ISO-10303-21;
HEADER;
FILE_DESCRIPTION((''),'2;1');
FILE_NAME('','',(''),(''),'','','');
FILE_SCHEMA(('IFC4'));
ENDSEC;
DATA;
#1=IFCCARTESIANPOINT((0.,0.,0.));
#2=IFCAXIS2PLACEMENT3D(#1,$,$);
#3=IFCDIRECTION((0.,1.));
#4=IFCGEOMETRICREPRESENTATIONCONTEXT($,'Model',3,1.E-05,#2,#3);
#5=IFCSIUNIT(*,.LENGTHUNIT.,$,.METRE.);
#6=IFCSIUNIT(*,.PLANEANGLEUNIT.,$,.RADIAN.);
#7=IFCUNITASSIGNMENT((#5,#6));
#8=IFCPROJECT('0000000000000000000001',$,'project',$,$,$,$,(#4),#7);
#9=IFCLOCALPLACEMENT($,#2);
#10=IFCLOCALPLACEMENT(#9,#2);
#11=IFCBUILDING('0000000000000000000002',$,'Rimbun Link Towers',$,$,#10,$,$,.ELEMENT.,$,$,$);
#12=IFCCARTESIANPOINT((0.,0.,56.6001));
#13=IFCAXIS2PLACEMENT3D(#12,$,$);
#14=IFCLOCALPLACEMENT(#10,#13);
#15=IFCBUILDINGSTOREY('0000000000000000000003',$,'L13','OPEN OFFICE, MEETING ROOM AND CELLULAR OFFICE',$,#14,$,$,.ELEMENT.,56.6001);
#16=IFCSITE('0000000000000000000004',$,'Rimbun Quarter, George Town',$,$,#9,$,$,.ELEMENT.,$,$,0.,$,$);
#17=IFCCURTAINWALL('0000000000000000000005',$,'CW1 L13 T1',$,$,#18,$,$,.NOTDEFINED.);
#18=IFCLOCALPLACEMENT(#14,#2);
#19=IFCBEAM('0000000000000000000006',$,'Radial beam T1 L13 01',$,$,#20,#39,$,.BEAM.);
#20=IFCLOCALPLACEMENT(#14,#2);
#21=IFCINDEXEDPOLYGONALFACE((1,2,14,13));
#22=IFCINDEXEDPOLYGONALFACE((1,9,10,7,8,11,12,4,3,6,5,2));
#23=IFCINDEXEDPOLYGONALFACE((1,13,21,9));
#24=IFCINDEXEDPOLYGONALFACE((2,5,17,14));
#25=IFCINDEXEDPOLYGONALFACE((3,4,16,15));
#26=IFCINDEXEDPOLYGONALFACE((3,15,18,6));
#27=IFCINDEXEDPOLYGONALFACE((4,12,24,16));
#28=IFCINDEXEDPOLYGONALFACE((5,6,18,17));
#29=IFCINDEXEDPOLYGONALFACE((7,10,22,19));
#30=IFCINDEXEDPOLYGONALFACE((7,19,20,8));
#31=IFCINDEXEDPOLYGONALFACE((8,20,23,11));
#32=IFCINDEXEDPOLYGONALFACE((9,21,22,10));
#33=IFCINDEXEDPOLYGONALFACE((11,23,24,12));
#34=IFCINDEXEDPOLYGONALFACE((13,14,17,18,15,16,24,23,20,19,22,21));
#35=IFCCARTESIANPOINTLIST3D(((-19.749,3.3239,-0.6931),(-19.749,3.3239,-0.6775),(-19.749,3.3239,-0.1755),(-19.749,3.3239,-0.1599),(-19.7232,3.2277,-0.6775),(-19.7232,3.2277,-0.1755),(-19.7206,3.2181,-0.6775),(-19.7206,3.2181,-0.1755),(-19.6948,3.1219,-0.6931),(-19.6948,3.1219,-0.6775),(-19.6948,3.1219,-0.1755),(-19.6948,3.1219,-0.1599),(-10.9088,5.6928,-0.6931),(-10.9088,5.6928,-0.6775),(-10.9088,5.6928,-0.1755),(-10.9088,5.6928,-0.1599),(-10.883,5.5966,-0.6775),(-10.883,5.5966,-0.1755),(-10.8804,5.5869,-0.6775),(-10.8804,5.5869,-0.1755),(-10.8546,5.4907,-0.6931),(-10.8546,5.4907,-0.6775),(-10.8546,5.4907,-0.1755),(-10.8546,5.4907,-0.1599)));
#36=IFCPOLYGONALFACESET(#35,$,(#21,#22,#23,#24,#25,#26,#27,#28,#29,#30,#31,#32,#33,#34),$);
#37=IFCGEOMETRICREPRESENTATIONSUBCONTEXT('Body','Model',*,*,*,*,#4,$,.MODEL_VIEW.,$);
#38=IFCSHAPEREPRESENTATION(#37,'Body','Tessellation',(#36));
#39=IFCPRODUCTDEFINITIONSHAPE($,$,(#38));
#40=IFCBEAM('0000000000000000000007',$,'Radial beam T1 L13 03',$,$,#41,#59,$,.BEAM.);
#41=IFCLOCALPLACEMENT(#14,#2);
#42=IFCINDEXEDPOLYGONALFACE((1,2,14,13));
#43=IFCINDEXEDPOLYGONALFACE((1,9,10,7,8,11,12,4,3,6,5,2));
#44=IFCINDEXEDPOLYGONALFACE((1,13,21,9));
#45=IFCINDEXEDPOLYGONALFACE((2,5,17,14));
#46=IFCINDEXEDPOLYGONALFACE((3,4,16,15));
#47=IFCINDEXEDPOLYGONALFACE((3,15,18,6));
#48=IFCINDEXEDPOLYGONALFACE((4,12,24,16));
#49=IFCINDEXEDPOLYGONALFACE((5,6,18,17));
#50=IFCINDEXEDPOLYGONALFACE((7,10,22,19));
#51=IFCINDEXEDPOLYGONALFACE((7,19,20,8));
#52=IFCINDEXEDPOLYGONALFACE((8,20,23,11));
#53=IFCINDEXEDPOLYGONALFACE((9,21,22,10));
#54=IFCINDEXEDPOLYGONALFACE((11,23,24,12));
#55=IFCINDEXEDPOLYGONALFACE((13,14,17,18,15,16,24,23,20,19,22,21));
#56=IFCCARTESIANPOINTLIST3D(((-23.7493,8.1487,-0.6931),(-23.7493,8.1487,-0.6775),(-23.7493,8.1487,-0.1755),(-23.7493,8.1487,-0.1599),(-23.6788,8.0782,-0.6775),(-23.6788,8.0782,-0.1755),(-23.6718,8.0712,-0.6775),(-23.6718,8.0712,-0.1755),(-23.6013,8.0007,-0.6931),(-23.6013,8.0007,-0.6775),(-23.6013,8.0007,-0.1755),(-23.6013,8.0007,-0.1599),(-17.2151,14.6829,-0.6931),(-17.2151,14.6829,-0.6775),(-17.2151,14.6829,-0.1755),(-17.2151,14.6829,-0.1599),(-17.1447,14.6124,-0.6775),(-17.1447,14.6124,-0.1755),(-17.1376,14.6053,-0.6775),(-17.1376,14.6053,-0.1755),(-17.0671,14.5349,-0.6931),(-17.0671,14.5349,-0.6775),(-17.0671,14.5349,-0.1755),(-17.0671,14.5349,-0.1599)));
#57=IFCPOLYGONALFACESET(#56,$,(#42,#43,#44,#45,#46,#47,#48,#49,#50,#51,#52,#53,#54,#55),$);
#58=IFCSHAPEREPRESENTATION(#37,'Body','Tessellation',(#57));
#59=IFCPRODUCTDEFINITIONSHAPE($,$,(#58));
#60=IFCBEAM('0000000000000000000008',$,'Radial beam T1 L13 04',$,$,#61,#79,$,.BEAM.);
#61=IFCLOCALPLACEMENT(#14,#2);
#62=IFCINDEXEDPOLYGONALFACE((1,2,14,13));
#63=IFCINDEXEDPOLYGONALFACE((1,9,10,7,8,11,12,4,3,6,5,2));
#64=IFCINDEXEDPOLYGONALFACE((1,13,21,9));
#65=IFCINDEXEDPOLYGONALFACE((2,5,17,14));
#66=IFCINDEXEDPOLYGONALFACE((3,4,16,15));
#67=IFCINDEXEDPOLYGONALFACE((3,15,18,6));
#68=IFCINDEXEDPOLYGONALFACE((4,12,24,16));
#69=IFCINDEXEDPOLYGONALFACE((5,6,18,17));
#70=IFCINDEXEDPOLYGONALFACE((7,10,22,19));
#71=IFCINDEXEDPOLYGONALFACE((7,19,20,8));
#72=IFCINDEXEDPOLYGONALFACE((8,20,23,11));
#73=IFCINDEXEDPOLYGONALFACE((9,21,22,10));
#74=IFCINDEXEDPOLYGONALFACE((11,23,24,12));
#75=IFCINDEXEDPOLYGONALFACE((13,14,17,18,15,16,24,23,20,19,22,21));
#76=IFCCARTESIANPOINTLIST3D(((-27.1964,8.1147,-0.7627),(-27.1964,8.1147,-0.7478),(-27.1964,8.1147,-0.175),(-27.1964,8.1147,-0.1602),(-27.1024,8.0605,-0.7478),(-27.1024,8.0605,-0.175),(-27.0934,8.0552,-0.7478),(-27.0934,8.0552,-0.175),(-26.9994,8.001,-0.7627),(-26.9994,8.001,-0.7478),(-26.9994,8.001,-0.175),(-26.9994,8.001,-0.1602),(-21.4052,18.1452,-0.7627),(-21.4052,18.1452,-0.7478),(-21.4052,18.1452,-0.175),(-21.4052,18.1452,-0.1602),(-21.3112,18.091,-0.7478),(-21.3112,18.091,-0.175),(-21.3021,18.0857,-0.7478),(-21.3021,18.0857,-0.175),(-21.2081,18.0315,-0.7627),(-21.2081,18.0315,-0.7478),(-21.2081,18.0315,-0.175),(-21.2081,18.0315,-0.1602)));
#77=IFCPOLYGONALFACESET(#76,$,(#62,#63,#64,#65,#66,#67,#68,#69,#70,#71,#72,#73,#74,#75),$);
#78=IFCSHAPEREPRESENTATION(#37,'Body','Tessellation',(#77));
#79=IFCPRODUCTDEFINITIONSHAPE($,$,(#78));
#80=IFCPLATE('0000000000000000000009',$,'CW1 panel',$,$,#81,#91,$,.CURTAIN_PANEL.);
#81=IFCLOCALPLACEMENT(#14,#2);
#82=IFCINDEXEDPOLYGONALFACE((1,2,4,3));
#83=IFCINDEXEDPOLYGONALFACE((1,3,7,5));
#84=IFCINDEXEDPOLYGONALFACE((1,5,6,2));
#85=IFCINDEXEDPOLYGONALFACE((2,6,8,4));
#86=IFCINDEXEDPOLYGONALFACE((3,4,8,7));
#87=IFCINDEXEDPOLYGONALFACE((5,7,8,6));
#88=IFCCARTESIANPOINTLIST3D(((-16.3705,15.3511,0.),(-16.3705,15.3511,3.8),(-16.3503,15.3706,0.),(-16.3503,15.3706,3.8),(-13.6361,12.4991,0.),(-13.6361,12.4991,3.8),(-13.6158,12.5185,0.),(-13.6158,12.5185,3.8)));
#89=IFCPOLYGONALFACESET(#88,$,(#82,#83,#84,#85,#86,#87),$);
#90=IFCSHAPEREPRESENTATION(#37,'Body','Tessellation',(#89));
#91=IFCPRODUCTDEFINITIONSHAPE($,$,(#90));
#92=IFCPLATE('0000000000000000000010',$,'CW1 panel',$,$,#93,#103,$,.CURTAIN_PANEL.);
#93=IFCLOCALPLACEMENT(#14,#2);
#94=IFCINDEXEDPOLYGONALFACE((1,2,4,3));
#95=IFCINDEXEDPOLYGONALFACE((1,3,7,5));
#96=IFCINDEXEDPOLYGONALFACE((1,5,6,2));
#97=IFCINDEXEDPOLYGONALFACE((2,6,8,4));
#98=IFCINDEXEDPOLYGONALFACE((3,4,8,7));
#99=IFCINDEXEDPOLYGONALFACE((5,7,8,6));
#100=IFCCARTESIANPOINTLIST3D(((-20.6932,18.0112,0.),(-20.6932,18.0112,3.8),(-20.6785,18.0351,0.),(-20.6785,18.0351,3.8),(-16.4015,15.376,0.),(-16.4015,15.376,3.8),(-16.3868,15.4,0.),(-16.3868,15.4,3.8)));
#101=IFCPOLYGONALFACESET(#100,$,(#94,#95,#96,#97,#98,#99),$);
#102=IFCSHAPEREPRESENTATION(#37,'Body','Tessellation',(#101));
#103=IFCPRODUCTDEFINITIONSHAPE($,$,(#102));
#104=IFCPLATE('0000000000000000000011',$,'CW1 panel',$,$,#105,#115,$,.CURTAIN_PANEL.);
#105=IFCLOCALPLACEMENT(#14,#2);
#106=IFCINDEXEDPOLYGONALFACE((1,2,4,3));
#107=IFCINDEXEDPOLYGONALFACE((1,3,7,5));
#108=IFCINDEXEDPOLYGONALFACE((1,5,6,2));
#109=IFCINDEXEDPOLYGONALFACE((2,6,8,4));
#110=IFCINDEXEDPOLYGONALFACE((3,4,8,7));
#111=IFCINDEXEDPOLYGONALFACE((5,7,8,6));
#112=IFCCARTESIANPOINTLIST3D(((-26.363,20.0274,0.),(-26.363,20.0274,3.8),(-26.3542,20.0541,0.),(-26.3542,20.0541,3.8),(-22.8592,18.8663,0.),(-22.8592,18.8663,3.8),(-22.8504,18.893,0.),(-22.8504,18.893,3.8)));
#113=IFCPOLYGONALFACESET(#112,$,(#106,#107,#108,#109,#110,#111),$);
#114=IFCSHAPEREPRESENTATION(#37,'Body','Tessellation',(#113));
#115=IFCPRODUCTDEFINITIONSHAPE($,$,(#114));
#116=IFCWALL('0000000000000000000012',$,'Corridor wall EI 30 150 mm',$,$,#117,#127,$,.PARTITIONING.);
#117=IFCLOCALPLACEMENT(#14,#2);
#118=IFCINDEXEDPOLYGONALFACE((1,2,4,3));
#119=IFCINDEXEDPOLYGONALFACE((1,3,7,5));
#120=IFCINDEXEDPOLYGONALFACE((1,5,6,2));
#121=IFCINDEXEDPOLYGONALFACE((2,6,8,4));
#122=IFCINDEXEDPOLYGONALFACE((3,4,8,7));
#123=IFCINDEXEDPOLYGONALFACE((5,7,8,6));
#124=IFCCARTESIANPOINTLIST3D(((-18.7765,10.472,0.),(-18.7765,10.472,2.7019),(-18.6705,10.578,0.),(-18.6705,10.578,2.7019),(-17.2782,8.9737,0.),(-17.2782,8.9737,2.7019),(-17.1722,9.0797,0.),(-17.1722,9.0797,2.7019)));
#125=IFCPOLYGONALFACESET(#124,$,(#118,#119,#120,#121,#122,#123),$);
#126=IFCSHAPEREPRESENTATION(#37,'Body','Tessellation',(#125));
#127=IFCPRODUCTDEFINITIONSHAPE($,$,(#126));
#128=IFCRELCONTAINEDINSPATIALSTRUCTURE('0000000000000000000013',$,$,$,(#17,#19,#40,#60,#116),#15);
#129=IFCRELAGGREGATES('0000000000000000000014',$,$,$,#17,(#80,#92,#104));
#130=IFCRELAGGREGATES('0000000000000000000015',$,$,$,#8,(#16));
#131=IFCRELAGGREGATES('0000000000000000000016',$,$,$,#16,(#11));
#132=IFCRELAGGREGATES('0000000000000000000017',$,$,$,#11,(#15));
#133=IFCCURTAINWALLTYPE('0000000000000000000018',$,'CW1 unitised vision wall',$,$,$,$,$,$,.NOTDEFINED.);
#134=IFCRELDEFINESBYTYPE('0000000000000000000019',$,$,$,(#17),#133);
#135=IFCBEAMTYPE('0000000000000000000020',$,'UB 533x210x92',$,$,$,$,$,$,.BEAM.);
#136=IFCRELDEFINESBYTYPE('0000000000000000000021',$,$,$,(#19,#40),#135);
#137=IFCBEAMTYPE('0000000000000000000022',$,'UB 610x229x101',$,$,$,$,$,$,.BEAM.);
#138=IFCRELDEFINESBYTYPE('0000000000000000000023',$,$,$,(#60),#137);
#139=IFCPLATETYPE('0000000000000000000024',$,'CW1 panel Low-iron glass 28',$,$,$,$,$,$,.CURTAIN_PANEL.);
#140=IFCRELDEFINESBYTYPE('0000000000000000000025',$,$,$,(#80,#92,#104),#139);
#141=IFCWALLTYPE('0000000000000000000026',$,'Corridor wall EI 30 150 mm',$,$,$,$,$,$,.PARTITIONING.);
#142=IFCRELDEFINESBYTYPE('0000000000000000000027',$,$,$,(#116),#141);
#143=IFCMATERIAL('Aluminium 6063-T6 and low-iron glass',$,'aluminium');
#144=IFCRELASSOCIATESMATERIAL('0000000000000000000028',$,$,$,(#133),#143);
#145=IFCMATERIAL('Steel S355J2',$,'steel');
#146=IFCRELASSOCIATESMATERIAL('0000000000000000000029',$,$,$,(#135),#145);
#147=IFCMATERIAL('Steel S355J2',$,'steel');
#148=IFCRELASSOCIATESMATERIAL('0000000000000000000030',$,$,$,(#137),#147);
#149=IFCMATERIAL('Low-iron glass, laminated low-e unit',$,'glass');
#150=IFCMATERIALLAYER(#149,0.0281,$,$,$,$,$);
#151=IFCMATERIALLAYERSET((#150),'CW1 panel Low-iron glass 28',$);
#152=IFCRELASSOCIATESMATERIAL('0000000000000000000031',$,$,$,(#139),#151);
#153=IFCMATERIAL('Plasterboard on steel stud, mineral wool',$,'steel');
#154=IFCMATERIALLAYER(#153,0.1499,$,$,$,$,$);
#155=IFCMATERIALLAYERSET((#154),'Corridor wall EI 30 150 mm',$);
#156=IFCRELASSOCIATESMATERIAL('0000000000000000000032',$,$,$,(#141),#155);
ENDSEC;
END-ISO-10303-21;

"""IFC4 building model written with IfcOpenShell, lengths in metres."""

from ifc_helpers import new_model, si_unit, direction, frame, frame_2d, origin, origin_2d, place, context, subcontext, project, spatial, rectangle, i_section, extrude, material, layer, layer_set, material_profile, profile_set, type_object, element, aggregate, save


model = new_model("IFC4")

# Units and contexts
model_context = context("Model", 3, precision=1e-05, world=origin(), true_north=direction((0.0, 1.0)))
body_context = subcontext(model_context, "Body", "Model", "MODEL_VIEW")
ifc_project = project(units=[si_unit("LENGTHUNIT", "METRE"), si_unit("PLANEANGLEUNIT", "RADIAN")], contexts=[model_context])

# Site, building, storey
site_placement = place(None, origin())
site = spatial("IfcSite", under=ifc_project, at=site_placement, Name="Rimbun Quarter, George Town", CompositionType="ELEMENT", RefElevation=0.0)
building_placement = place(site_placement, origin())
building = spatial("IfcBuilding", under=site, at=building_placement, Name="Rimbun Link Towers", CompositionType="ELEMENT")
storey_placement = place(building_placement, frame((0.0, 0.0, 56.6001)))
storey = spatial("IfcBuildingStorey", under=building, at=storey_placement, Name="L13", Description="OPEN OFFICE, MEETING ROOM AND CELLULAR OFFICE", CompositionType="ELEMENT", Elevation=56.6001)

# Curtain wall
ifc_material_1 = material(Name="Aluminium 6063-T6 and low-iron glass", Category="aluminium")
curtain_wall_type = type_object("IfcCurtainWallType", Name="CW1 unitised vision wall", PredefinedType="NOTDEFINED", material=ifc_material_1)
curtain_wall_placement = place(storey_placement, origin())
curtain_wall = element("IfcCurtainWall", 1, at=curtain_wall_placement, inside=storey, type_object=curtain_wall_type, Name="CW1 L13 T1", PredefinedType="NOTDEFINED")

# Beams
ifc_material_2 = material(Name="Steel S355J2", Category="steel")
ifc_material_profile_1 = material_profile(ifc_material_2, i_section(OverallWidth=0.2092, OverallDepth=0.5332, WebThickness=0.01, FlangeThickness=0.0156, at=origin_2d()), Name="UB 533x210x92")
ifc_profile_set_1 = profile_set([ifc_material_profile_1], Name="Steel S355J2")
beam_type_1 = type_object("IfcBeamType", Name="UB 533x210x92", PredefinedType="BEAM", material=ifc_profile_set_1)
beam_1_placement = place(storey_placement, frame((-19.7219, 3.2229, -0.4265), z_axis=(0.965922, 0.258833, 0.0), x_axis=(-0.258833, 0.965922, 0.0)))
element("IfcBeam", 2, at=beam_1_placement, inside=storey, type_object=beam_type_1, Name="Radial beam T1 L13 01", PredefinedType="BEAM", context=body_context, shape_type="SweptSolid", body=[
    extrude(i_section(OverallWidth=0.2092, OverallDepth=0.5332, WebThickness=0.01, FlangeThickness=0.0156, at=origin_2d()), origin(), (0.0, 0.0, 1.0), 9.1521),
])
beam_2_placement = place(storey_placement, frame((-23.6753, 8.0747, -0.4265), z_axis=(0.707107, 0.707107, 0.0), x_axis=(-0.707107, 0.707107, 0.0)))
element("IfcBeam", 3, at=beam_2_placement, inside=storey, type_object=beam_type_1, Name="Radial beam T1 L13 03", PredefinedType="BEAM", context=body_context, shape_type="SweptSolid", body=[
    extrude(i_section(OverallWidth=0.2092, OverallDepth=0.5332, WebThickness=0.01, FlangeThickness=0.0156, at=origin_2d()), origin(), (0.0, 0.0, 1.0), 9.2407),
])
ifc_material_3 = material(Name="Steel S355J2", Category="steel")
ifc_material_profile_2 = material_profile(ifc_material_3, i_section(OverallWidth=0.2275, OverallDepth=0.6025, WebThickness=0.0105, FlangeThickness=0.0149, at=origin_2d()), Name="UB 610x229x101")
ifc_profile_set_2 = profile_set([ifc_material_profile_2], Name="Steel S355J2")
beam_type_2 = type_object("IfcBeamType", Name="UB 610x229x101", PredefinedType="BEAM", material=ifc_profile_set_2)
beam_3_placement = place(storey_placement, frame((-27.0979, 8.0579, -0.4614), z_axis=(0.500009, 0.86602, 0.0), x_axis=(-0.86602, 0.500009, 0.0)))
element("IfcBeam", 4, at=beam_3_placement, inside=storey, type_object=beam_type_2, Name="Radial beam T1 L13 04", PredefinedType="BEAM", context=body_context, shape_type="SweptSolid", body=[
    extrude(i_section(OverallWidth=0.2275, OverallDepth=0.6025, WebThickness=0.0105, FlangeThickness=0.0149, at=origin_2d()), origin(), (0.0, 0.0, 1.0), 11.5823),
])

# Plates
ifc_material_4 = material(Name="Low-iron glass, laminated low-e unit", Category="glass")
ifc_layer_1 = layer(ifc_material_4, 0.0281)
ifc_layer_set_1 = layer_set([ifc_layer_1], Name="CW1 panel Low-iron glass 28")
plate_type = type_object("IfcPlateType", Name="CW1 panel Low-iron glass 28", PredefinedType="CURTAIN_PANEL", material=ifc_layer_set_1)
plate_1_placement = place(storey_placement, frame((-14.9932, 13.9348, 0.0), z_axis=(0.0, 0.0, 1.0), x_axis=(0.692065, -0.721835, 0.0)))
plate_1 = element("IfcPlate", 5, at=plate_1_placement, type_object=plate_type, Name="CW1 panel", PredefinedType="CURTAIN_PANEL", context=body_context, shape_type="SweptSolid", body=[
    extrude(rectangle(XDim=3.9512, YDim=0.0281, at=origin_2d()), origin(), (0.0, 0.0, 1.0), 3.8),
])
plate_2_placement = place(storey_placement, frame((-18.54, 16.7056, 0.0), z_axis=(0.0, 0.0, 1.0), x_axis=(0.852183, -0.523243, 0.0)))
plate_2 = element("IfcPlate", 6, at=plate_2_placement, type_object=plate_type, Name="CW1 panel", PredefinedType="CURTAIN_PANEL", context=body_context, shape_type="SweptSolid", body=[
    extrude(rectangle(XDim=5.0361, YDim=0.0281, at=origin_2d()), origin(), (0.0, 0.0, 1.0), 3.8),
])
plate_3_placement = place(storey_placement, frame((-24.6067, 19.4602, 0.0), z_axis=(0.0, 0.0, 1.0), x_axis=(0.949236, -0.314563, 0.0)))
plate_3 = element("IfcPlate", 7, at=plate_3_placement, type_object=plate_type, Name="CW1 panel", PredefinedType="CURTAIN_PANEL", context=body_context, shape_type="SweptSolid", body=[
    extrude(rectangle(XDim=3.6912, YDim=0.0281, at=origin_2d()), origin(), (0.0, 0.0, 1.0), 3.8),
])
aggregate(curtain_wall, [plate_1, plate_2, plate_3])

# Wall
ifc_material_5 = material(Name="Plasterboard on steel stud, mineral wool", Category="steel")
ifc_layer_2 = layer(ifc_material_5, 0.1499)
ifc_layer_set_2 = layer_set([ifc_layer_2], Name="Corridor wall EI 30 150 mm")
wall_type_1 = type_object("IfcWallType", Name="Corridor wall EI 30 150 mm", PredefinedType="PARTITIONING", material=ifc_layer_set_2)
wall_1_placement = place(storey_placement, frame((-17.2251, 9.0266, 0.0), z_axis=(0.0, 0.0, 1.0), x_axis=(-0.707107, 0.707107, 0.0)))
element("IfcWall", 8, at=wall_1_placement, inside=storey, type_object=wall_type_1, Name="Corridor wall EI 30 150 mm", PredefinedType="PARTITIONING", context=body_context, shape_type="SweptSolid", body=[
    extrude(rectangle(XDim=2.1189, YDim=0.1499, at=frame_2d((1.0596, 0.0))), origin(), (0.0, 0.0, 1.0), 2.7019),
])

save(model, "model.ifc")
